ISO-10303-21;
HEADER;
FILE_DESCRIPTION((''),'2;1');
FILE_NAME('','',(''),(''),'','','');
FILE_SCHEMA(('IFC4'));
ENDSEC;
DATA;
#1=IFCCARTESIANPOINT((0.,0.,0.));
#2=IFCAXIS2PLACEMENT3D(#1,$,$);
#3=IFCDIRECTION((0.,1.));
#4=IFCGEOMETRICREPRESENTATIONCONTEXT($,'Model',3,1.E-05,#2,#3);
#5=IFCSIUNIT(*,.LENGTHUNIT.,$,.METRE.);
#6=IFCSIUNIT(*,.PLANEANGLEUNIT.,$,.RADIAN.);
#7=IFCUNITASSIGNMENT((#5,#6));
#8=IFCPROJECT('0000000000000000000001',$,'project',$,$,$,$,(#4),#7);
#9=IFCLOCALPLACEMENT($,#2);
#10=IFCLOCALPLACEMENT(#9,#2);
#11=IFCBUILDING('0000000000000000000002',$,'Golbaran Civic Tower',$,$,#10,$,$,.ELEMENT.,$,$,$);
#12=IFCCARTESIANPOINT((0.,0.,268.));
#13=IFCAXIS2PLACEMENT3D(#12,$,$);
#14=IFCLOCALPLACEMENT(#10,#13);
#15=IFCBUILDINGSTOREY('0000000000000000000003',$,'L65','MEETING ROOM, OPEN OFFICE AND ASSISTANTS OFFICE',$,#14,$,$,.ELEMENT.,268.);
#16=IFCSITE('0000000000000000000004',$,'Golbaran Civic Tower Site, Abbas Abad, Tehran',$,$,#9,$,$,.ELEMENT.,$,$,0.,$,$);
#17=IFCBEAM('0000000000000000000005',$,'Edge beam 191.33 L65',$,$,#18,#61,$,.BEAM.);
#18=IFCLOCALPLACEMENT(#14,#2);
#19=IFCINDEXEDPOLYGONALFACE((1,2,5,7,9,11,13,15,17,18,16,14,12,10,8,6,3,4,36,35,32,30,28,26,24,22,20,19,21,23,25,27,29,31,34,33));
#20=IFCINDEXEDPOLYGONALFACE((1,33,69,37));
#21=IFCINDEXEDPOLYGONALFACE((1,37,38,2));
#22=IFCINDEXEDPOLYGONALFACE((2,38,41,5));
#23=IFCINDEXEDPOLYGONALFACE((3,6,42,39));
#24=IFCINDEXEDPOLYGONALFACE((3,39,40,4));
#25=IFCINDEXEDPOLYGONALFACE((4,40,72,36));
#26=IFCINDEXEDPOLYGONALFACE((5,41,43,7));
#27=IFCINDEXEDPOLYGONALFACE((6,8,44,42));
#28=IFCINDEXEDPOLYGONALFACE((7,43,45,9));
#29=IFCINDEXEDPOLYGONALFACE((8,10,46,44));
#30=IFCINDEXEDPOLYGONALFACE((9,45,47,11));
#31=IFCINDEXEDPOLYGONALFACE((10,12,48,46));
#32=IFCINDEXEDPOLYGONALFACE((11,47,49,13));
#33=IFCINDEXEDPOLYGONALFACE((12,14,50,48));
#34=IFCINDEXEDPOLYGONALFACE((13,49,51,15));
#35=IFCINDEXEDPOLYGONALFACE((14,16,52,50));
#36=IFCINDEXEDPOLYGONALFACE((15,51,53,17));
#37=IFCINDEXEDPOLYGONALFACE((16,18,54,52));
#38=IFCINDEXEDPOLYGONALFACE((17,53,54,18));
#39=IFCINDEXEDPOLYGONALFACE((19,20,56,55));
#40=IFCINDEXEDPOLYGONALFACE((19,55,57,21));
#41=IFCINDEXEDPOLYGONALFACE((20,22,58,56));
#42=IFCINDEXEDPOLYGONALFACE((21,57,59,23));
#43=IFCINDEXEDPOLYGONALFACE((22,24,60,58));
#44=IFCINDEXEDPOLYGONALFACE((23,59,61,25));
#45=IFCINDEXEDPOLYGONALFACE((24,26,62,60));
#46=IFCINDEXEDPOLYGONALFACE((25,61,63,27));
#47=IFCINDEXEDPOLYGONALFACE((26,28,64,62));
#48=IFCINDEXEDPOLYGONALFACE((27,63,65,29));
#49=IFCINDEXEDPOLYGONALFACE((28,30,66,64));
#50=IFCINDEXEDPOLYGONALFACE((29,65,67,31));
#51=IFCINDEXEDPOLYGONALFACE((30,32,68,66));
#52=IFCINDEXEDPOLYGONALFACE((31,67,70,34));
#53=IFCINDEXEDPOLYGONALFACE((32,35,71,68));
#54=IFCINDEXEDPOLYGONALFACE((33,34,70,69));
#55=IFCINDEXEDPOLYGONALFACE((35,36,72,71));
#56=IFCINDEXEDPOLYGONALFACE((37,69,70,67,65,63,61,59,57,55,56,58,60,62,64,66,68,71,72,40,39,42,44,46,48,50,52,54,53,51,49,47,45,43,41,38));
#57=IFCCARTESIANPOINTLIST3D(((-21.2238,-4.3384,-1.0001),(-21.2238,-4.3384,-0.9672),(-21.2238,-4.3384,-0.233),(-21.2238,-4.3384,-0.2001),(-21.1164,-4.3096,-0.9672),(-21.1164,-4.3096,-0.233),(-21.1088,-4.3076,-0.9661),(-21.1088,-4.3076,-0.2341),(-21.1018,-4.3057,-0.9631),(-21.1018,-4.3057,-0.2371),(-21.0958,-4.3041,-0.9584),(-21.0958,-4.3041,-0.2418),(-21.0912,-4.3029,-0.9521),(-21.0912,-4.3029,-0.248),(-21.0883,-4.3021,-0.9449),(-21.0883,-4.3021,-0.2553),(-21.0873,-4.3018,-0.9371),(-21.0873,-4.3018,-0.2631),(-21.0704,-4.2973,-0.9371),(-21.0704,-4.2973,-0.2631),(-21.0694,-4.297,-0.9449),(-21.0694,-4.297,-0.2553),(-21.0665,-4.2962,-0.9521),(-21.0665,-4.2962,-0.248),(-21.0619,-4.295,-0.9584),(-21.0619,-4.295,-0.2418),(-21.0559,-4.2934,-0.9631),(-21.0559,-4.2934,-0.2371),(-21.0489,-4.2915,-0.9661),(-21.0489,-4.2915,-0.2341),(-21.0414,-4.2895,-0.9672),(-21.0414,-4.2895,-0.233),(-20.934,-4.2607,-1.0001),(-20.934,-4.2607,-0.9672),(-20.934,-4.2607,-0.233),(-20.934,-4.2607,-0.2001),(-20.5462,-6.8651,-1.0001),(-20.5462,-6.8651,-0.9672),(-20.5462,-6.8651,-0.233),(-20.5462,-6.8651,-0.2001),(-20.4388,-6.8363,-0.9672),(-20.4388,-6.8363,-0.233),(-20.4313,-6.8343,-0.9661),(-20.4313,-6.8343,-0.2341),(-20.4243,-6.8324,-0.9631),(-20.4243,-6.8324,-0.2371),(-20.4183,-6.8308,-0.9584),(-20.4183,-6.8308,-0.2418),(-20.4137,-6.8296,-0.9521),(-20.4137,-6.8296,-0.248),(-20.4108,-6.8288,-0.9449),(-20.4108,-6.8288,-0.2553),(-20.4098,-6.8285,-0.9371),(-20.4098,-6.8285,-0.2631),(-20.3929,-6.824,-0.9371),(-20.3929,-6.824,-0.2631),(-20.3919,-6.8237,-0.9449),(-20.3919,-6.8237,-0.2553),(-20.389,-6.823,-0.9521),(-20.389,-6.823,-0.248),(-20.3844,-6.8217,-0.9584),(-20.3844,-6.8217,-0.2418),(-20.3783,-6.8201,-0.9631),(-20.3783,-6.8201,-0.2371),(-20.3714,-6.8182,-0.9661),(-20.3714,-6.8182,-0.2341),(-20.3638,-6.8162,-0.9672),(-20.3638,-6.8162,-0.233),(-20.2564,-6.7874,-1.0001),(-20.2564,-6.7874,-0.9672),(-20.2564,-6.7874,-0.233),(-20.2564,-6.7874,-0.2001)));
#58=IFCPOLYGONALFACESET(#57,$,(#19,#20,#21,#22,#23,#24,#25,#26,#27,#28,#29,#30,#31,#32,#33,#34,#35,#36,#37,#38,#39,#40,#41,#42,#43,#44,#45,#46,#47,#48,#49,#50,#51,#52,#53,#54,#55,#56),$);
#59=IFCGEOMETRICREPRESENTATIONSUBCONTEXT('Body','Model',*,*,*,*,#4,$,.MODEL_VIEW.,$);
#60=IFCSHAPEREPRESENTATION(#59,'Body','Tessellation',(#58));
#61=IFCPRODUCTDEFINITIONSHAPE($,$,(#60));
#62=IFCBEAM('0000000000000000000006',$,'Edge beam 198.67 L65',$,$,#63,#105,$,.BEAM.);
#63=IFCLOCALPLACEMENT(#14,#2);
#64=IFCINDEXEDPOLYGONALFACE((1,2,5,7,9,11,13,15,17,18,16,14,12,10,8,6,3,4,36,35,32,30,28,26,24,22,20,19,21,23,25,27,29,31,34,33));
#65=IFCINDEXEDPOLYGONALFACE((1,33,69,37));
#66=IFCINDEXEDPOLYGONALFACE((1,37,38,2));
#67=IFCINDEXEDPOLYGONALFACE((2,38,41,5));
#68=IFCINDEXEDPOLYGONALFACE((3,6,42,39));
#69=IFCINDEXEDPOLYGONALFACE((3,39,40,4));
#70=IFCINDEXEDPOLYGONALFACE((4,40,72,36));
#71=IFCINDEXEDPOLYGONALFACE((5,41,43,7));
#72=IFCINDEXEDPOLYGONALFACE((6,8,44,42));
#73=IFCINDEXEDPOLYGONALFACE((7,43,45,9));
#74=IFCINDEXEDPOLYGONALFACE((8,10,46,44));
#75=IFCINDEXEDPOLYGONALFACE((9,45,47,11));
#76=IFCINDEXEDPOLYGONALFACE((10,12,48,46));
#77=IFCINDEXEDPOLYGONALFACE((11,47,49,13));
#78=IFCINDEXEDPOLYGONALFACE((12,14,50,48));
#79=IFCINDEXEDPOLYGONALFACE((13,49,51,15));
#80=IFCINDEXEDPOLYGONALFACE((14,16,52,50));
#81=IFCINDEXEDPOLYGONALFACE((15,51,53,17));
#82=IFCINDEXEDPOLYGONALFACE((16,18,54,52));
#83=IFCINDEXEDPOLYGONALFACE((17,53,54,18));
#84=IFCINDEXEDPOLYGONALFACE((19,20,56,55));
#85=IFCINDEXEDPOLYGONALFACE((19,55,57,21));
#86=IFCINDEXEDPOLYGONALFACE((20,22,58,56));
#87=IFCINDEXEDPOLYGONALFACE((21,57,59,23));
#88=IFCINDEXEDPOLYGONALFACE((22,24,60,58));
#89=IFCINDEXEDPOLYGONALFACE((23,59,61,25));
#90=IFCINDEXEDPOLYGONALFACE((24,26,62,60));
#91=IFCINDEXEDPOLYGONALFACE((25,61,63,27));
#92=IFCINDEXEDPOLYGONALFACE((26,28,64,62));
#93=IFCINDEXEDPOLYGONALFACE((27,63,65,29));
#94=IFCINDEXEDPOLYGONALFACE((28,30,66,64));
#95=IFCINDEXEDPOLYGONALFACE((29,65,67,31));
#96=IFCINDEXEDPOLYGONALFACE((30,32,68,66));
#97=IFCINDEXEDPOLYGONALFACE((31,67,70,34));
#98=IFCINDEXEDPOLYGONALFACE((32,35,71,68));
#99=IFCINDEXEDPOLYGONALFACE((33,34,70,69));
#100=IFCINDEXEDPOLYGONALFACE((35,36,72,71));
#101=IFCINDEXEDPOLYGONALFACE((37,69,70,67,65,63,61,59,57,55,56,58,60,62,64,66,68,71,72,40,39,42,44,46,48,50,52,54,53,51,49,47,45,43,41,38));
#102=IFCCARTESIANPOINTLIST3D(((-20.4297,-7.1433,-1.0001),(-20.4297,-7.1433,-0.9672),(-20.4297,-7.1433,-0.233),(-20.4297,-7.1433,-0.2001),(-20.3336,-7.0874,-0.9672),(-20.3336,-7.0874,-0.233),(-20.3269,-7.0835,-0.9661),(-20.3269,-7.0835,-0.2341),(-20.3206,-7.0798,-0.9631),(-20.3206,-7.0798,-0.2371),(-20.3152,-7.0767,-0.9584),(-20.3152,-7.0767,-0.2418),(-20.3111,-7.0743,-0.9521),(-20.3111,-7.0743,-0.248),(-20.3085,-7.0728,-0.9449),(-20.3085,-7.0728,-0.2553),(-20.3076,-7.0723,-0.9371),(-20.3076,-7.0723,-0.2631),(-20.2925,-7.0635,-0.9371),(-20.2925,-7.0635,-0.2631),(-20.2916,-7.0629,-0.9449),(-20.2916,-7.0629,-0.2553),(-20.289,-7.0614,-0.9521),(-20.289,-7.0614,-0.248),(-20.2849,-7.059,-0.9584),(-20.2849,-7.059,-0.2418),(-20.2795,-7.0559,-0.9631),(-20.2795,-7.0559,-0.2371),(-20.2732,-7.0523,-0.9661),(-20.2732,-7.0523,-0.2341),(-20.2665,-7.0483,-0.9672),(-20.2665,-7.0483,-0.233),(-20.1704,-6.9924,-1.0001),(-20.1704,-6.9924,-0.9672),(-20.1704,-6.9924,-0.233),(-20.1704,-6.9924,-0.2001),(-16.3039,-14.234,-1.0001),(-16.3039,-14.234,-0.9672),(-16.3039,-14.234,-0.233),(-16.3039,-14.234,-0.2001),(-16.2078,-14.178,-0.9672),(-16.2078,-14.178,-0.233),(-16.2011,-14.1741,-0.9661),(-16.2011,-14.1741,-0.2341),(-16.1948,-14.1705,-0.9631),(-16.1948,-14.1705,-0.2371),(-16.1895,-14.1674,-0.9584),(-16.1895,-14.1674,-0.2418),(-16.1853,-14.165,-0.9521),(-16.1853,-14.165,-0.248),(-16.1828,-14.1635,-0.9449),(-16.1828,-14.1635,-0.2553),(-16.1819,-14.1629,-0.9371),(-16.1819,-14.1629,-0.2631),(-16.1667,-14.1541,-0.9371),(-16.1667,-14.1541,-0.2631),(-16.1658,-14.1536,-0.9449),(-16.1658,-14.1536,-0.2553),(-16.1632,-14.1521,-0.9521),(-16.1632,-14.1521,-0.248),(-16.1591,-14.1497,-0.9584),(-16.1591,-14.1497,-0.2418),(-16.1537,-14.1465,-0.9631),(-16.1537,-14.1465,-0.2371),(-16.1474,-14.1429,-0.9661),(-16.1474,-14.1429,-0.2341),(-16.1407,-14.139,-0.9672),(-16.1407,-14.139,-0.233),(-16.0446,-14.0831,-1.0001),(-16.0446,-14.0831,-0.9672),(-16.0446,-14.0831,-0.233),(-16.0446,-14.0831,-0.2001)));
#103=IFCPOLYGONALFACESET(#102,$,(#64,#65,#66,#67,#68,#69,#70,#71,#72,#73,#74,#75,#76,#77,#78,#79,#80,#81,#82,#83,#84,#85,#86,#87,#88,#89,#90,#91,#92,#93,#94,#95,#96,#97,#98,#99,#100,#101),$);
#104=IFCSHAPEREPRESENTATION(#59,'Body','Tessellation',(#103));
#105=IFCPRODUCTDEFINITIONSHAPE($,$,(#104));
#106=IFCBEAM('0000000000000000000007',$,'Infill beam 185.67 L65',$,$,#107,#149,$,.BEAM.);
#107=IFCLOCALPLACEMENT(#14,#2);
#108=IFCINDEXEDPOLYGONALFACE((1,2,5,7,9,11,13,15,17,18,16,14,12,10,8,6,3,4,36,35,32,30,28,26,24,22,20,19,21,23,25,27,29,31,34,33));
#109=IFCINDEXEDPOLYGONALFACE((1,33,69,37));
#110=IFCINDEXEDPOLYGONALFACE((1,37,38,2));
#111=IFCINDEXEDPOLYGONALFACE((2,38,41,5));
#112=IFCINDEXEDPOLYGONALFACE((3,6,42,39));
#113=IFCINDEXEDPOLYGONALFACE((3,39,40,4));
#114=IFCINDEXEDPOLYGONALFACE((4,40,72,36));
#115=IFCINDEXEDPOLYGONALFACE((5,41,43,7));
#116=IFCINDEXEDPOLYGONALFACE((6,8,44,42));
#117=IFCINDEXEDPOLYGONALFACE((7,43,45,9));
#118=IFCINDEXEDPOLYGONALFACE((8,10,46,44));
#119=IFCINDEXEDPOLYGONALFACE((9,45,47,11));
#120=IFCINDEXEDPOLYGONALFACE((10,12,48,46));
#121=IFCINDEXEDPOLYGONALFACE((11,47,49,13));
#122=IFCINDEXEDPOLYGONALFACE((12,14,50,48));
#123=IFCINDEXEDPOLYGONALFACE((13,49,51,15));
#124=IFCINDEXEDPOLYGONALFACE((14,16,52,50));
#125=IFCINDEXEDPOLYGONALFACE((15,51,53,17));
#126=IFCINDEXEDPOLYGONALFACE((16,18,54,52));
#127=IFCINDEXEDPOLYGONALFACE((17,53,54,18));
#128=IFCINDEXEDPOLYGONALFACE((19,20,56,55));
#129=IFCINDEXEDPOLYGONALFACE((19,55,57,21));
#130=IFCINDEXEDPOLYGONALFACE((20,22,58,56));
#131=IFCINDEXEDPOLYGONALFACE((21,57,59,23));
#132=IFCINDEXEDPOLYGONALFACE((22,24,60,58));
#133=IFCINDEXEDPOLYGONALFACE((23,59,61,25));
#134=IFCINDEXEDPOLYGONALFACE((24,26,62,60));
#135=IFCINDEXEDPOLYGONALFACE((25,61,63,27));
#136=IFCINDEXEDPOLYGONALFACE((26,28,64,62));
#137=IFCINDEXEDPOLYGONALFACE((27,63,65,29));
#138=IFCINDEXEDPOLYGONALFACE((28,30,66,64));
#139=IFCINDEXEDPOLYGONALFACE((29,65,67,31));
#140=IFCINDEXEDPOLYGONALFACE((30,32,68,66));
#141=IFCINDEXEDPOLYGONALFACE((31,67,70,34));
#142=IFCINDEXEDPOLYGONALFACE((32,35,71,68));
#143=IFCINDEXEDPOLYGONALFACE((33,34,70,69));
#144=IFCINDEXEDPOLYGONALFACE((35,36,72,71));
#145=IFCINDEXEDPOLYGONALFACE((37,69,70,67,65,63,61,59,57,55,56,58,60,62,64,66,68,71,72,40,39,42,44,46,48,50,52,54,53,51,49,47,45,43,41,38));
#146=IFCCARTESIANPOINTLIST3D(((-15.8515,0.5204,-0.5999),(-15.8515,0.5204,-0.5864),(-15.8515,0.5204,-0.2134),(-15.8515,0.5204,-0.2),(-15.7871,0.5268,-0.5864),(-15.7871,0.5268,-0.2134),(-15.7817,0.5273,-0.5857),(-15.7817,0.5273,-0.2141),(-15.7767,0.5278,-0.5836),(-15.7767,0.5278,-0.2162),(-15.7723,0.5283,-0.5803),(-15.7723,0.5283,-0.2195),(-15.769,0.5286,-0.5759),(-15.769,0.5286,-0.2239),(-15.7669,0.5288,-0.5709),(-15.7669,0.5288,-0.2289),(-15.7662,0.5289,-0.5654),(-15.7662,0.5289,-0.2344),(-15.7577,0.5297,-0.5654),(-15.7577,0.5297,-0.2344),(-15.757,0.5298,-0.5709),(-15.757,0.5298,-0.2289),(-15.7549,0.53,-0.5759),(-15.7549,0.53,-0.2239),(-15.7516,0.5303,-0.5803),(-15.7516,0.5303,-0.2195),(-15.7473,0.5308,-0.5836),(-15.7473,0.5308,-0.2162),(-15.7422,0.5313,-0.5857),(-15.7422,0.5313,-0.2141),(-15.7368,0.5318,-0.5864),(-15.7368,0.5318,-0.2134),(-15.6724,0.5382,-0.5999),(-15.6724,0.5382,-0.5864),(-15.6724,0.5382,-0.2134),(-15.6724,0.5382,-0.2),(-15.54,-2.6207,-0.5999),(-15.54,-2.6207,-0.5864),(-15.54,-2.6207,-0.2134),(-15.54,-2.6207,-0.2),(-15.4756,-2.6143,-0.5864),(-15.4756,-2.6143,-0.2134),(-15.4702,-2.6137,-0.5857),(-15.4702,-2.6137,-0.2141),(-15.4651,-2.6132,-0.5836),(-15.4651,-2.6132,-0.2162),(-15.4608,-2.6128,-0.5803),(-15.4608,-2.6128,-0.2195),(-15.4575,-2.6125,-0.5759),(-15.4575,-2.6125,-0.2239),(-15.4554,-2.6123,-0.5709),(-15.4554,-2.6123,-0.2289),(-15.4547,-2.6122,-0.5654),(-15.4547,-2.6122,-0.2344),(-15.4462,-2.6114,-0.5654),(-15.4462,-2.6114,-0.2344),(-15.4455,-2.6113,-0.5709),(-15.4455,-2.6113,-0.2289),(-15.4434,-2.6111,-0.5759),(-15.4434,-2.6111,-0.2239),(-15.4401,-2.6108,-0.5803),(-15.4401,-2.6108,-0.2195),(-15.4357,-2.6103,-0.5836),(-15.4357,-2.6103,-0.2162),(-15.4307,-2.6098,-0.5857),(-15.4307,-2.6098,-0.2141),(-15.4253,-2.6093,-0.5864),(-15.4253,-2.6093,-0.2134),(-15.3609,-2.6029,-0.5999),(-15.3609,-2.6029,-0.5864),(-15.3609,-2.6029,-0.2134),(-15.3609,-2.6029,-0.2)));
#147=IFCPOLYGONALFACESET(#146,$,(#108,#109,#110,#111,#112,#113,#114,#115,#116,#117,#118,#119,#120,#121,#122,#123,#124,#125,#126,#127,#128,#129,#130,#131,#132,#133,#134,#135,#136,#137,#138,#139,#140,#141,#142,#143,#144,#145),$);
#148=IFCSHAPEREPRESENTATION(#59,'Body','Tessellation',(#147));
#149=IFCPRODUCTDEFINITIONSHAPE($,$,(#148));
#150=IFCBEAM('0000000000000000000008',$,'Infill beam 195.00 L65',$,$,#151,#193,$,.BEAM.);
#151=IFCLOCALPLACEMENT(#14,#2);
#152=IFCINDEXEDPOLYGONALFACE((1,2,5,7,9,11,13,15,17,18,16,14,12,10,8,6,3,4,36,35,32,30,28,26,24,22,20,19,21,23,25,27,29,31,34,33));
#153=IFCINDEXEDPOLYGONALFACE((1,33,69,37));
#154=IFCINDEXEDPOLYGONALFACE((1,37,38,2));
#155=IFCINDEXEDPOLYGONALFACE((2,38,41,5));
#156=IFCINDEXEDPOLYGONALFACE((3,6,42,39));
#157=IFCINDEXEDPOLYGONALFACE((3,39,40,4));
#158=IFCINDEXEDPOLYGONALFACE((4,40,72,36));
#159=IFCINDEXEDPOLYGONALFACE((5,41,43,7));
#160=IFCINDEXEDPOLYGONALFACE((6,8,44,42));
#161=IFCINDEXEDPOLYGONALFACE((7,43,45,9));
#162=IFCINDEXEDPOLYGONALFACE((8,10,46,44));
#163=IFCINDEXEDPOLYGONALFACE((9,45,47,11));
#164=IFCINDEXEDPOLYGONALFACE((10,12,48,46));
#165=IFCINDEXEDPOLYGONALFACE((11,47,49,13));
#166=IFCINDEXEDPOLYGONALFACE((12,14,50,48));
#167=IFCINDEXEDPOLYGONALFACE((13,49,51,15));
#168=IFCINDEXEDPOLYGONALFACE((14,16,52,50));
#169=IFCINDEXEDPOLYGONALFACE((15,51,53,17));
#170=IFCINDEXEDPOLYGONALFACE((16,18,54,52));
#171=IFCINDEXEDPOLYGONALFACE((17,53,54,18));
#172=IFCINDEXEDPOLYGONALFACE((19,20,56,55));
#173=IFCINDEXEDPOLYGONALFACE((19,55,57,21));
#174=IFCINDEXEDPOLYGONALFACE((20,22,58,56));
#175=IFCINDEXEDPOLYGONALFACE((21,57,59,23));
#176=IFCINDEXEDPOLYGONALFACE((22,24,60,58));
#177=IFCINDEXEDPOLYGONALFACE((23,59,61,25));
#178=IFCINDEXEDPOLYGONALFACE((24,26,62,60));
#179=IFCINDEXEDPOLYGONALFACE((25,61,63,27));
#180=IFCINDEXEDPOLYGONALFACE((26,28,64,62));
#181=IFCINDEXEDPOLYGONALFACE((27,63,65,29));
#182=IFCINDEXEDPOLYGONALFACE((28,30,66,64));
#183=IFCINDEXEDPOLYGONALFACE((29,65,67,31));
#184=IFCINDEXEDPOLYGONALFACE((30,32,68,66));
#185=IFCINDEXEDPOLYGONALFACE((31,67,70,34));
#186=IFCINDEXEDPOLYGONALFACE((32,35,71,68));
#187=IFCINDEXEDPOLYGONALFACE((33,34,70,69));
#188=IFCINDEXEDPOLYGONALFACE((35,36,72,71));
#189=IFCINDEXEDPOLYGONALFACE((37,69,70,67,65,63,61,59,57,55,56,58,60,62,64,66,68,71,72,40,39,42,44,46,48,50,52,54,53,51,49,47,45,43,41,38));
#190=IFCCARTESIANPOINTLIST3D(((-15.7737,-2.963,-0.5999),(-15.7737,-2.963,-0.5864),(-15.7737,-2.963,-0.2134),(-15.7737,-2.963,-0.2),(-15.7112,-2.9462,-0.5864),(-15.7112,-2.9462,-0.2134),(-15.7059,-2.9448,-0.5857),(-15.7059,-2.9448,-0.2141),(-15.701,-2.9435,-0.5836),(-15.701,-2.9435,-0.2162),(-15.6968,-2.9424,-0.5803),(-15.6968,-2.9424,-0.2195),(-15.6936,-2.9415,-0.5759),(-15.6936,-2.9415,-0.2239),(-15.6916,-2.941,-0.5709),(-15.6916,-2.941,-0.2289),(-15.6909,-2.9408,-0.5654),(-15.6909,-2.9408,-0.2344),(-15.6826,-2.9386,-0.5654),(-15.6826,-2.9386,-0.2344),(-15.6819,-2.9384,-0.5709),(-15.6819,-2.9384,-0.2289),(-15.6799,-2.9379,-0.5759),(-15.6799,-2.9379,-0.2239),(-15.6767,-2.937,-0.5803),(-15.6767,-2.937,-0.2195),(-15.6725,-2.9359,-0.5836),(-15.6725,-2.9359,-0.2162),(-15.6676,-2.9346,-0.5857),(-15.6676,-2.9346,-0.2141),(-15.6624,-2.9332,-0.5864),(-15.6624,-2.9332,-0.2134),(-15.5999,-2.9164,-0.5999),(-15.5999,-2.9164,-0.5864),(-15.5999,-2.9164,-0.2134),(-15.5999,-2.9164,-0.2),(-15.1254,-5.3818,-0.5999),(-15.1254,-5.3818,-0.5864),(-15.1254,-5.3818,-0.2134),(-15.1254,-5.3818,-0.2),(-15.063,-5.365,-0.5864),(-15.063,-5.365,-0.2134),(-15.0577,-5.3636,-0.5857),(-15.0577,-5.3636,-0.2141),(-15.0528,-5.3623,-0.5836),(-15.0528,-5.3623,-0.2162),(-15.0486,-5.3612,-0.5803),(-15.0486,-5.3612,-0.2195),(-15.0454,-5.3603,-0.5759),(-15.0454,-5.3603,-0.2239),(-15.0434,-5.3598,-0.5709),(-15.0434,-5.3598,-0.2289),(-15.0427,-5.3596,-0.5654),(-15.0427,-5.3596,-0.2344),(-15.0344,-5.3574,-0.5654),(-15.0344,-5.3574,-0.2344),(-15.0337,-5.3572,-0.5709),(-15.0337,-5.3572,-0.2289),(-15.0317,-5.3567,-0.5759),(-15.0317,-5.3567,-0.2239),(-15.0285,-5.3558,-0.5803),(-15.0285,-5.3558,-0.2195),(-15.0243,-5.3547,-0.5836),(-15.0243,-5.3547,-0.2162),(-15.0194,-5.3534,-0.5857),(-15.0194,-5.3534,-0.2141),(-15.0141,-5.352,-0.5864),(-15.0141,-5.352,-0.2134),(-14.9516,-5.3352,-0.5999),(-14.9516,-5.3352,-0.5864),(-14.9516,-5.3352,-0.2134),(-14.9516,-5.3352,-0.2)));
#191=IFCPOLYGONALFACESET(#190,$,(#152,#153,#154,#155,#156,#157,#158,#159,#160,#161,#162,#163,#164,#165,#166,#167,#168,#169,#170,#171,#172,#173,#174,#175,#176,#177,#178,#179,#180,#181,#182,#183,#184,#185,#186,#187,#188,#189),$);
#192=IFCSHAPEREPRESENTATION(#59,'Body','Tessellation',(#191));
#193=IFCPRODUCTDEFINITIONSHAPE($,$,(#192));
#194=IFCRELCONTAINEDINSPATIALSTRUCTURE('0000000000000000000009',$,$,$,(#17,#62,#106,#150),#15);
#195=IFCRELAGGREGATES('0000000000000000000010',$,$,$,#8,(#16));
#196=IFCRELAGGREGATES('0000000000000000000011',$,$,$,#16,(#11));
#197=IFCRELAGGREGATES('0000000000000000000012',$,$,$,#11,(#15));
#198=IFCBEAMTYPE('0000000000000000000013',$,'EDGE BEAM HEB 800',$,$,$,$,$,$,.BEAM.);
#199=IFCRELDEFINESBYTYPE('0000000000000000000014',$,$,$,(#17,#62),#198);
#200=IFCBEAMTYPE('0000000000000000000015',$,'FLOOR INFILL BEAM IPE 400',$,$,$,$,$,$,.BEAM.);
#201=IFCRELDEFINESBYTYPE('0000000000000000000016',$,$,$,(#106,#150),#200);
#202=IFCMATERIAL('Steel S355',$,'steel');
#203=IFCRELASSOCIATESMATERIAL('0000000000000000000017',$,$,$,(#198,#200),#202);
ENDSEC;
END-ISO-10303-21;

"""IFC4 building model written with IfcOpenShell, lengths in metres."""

from ifc_helpers import new_model, si_unit, direction, frame, origin, origin_2d, place, context, subcontext, project, spatial, i_section, extrude, material, material_profile, profile_set, type_object, element, save


model = new_model("IFC4")

# Units and contexts
model_context = context("Model", 3, precision=1e-05, world=origin(), true_north=direction((0.0, 1.0)))
body_context = subcontext(model_context, "Body", "Model", "MODEL_VIEW")
ifc_project = project(units=[si_unit("LENGTHUNIT", "METRE"), si_unit("PLANEANGLEUNIT", "RADIAN")], contexts=[model_context])

# Site, building, storey
site_placement = place(None, origin())
site = spatial("IfcSite", under=ifc_project, at=site_placement, Name="Golbaran Civic Tower Site, Abbas Abad, Tehran", CompositionType="ELEMENT", RefElevation=0.0)
building_placement = place(site_placement, origin())
building = spatial("IfcBuilding", under=site, at=building_placement, Name="Golbaran Civic Tower", CompositionType="ELEMENT")
storey_placement = place(building_placement, frame((0.0, 0.0, 268.0)))
storey = spatial("IfcBuildingStorey", under=building, at=storey_placement, Name="L65", Description="MEETING ROOM, OPEN OFFICE AND ASSISTANTS OFFICE", CompositionType="ELEMENT", Elevation=268.0)

# Beams
ifc_material_1 = material(Name="Steel S355", Category="steel")
ifc_material_profile_1 = material_profile(ifc_material_1, i_section(OverallWidth=0.3, OverallDepth=0.8, WebThickness=0.0176, FlangeThickness=0.033, FilletRadius=0.03, at=origin_2d()), Name="HEB 800")
ifc_profile_set_1 = profile_set([ifc_material_profile_1], Name="Steel S355")
beam_type_1 = type_object("IfcBeamType", Name="EDGE BEAM HEB 800", PredefinedType="BEAM", material=ifc_profile_set_1)
beam_1_placement = place(storey_placement, frame((-21.0789, -4.2996, -0.6001), z_axis=(0.258993, -0.965879, 0.0), x_axis=(0.965879, 0.258993, 0.0)))
element("IfcBeam", 1, at=beam_1_placement, inside=storey, type_object=beam_type_1, Name="Edge beam 191.33 L65", PredefinedType="BEAM", context=body_context, shape_type="SweptSolid", body=[
    extrude(i_section(OverallWidth=0.3, OverallDepth=0.8, WebThickness=0.0176, FlangeThickness=0.033, FilletRadius=0.03, at=origin_2d()), origin(), (0.0, 0.0, 1.0), 2.616),
])
beam_2_placement = place(storey_placement, frame((-20.3, -7.0679, -0.6001), z_axis=(0.502921, -0.864332, 0.0), x_axis=(0.864332, 0.502921, 0.0)))
element("IfcBeam", 2, at=beam_2_placement, inside=storey, type_object=beam_type_1, Name="Edge beam 198.67 L65", PredefinedType="BEAM", context=body_context, shape_type="SweptSolid", body=[
    extrude(i_section(OverallWidth=0.3, OverallDepth=0.8, WebThickness=0.0176, FlangeThickness=0.033, FilletRadius=0.03, at=origin_2d()), origin(), (0.0, 0.0, 1.0), 8.2036),
])
ifc_material_profile_2 = material_profile(ifc_material_1, i_section(OverallWidth=0.1799, OverallDepth=0.3999, WebThickness=0.0085, FlangeThickness=0.0134, FilletRadius=0.021, at=origin_2d()), Name="IPE 400")
ifc_profile_set_2 = profile_set([ifc_material_profile_2], Name="Steel S355")
beam_type_2 = type_object("IfcBeamType", Name="FLOOR INFILL BEAM IPE 400", PredefinedType="BEAM", material=ifc_profile_set_2)
beam_3_placement = place(storey_placement, frame((-15.762, 0.5293, -0.3999), z_axis=(0.098692, -0.995118, 0.0), x_axis=(0.995118, 0.098692, 0.0)))
element("IfcBeam", 3, at=beam_3_placement, inside=storey, type_object=beam_type_2, Name="Infill beam 185.67 L65", PredefinedType="BEAM", context=body_context, shape_type="SweptSolid", body=[
    extrude(i_section(OverallWidth=0.1799, OverallDepth=0.3999, WebThickness=0.0085, FlangeThickness=0.0134, FilletRadius=0.021, at=origin_2d()), origin(), (0.0, 0.0, 1.0), 3.1565),
])
beam_4_placement = place(storey_placement, frame((-15.6868, -2.9397, -0.3999), z_axis=(0.258858, -0.965915, 0.0), x_axis=(0.965915, 0.258858, 0.0)))
element("IfcBeam", 4, at=beam_4_placement, inside=storey, type_object=beam_type_2, Name="Infill beam 195.00 L65", PredefinedType="BEAM", context=body_context, shape_type="SweptSolid", body=[
    extrude(i_section(OverallWidth=0.1799, OverallDepth=0.3999, WebThickness=0.0085, FlangeThickness=0.0134, FilletRadius=0.021, at=origin_2d()), origin(), (0.0, 0.0, 1.0), 2.5042),
])

save(model, "model.ifc")
